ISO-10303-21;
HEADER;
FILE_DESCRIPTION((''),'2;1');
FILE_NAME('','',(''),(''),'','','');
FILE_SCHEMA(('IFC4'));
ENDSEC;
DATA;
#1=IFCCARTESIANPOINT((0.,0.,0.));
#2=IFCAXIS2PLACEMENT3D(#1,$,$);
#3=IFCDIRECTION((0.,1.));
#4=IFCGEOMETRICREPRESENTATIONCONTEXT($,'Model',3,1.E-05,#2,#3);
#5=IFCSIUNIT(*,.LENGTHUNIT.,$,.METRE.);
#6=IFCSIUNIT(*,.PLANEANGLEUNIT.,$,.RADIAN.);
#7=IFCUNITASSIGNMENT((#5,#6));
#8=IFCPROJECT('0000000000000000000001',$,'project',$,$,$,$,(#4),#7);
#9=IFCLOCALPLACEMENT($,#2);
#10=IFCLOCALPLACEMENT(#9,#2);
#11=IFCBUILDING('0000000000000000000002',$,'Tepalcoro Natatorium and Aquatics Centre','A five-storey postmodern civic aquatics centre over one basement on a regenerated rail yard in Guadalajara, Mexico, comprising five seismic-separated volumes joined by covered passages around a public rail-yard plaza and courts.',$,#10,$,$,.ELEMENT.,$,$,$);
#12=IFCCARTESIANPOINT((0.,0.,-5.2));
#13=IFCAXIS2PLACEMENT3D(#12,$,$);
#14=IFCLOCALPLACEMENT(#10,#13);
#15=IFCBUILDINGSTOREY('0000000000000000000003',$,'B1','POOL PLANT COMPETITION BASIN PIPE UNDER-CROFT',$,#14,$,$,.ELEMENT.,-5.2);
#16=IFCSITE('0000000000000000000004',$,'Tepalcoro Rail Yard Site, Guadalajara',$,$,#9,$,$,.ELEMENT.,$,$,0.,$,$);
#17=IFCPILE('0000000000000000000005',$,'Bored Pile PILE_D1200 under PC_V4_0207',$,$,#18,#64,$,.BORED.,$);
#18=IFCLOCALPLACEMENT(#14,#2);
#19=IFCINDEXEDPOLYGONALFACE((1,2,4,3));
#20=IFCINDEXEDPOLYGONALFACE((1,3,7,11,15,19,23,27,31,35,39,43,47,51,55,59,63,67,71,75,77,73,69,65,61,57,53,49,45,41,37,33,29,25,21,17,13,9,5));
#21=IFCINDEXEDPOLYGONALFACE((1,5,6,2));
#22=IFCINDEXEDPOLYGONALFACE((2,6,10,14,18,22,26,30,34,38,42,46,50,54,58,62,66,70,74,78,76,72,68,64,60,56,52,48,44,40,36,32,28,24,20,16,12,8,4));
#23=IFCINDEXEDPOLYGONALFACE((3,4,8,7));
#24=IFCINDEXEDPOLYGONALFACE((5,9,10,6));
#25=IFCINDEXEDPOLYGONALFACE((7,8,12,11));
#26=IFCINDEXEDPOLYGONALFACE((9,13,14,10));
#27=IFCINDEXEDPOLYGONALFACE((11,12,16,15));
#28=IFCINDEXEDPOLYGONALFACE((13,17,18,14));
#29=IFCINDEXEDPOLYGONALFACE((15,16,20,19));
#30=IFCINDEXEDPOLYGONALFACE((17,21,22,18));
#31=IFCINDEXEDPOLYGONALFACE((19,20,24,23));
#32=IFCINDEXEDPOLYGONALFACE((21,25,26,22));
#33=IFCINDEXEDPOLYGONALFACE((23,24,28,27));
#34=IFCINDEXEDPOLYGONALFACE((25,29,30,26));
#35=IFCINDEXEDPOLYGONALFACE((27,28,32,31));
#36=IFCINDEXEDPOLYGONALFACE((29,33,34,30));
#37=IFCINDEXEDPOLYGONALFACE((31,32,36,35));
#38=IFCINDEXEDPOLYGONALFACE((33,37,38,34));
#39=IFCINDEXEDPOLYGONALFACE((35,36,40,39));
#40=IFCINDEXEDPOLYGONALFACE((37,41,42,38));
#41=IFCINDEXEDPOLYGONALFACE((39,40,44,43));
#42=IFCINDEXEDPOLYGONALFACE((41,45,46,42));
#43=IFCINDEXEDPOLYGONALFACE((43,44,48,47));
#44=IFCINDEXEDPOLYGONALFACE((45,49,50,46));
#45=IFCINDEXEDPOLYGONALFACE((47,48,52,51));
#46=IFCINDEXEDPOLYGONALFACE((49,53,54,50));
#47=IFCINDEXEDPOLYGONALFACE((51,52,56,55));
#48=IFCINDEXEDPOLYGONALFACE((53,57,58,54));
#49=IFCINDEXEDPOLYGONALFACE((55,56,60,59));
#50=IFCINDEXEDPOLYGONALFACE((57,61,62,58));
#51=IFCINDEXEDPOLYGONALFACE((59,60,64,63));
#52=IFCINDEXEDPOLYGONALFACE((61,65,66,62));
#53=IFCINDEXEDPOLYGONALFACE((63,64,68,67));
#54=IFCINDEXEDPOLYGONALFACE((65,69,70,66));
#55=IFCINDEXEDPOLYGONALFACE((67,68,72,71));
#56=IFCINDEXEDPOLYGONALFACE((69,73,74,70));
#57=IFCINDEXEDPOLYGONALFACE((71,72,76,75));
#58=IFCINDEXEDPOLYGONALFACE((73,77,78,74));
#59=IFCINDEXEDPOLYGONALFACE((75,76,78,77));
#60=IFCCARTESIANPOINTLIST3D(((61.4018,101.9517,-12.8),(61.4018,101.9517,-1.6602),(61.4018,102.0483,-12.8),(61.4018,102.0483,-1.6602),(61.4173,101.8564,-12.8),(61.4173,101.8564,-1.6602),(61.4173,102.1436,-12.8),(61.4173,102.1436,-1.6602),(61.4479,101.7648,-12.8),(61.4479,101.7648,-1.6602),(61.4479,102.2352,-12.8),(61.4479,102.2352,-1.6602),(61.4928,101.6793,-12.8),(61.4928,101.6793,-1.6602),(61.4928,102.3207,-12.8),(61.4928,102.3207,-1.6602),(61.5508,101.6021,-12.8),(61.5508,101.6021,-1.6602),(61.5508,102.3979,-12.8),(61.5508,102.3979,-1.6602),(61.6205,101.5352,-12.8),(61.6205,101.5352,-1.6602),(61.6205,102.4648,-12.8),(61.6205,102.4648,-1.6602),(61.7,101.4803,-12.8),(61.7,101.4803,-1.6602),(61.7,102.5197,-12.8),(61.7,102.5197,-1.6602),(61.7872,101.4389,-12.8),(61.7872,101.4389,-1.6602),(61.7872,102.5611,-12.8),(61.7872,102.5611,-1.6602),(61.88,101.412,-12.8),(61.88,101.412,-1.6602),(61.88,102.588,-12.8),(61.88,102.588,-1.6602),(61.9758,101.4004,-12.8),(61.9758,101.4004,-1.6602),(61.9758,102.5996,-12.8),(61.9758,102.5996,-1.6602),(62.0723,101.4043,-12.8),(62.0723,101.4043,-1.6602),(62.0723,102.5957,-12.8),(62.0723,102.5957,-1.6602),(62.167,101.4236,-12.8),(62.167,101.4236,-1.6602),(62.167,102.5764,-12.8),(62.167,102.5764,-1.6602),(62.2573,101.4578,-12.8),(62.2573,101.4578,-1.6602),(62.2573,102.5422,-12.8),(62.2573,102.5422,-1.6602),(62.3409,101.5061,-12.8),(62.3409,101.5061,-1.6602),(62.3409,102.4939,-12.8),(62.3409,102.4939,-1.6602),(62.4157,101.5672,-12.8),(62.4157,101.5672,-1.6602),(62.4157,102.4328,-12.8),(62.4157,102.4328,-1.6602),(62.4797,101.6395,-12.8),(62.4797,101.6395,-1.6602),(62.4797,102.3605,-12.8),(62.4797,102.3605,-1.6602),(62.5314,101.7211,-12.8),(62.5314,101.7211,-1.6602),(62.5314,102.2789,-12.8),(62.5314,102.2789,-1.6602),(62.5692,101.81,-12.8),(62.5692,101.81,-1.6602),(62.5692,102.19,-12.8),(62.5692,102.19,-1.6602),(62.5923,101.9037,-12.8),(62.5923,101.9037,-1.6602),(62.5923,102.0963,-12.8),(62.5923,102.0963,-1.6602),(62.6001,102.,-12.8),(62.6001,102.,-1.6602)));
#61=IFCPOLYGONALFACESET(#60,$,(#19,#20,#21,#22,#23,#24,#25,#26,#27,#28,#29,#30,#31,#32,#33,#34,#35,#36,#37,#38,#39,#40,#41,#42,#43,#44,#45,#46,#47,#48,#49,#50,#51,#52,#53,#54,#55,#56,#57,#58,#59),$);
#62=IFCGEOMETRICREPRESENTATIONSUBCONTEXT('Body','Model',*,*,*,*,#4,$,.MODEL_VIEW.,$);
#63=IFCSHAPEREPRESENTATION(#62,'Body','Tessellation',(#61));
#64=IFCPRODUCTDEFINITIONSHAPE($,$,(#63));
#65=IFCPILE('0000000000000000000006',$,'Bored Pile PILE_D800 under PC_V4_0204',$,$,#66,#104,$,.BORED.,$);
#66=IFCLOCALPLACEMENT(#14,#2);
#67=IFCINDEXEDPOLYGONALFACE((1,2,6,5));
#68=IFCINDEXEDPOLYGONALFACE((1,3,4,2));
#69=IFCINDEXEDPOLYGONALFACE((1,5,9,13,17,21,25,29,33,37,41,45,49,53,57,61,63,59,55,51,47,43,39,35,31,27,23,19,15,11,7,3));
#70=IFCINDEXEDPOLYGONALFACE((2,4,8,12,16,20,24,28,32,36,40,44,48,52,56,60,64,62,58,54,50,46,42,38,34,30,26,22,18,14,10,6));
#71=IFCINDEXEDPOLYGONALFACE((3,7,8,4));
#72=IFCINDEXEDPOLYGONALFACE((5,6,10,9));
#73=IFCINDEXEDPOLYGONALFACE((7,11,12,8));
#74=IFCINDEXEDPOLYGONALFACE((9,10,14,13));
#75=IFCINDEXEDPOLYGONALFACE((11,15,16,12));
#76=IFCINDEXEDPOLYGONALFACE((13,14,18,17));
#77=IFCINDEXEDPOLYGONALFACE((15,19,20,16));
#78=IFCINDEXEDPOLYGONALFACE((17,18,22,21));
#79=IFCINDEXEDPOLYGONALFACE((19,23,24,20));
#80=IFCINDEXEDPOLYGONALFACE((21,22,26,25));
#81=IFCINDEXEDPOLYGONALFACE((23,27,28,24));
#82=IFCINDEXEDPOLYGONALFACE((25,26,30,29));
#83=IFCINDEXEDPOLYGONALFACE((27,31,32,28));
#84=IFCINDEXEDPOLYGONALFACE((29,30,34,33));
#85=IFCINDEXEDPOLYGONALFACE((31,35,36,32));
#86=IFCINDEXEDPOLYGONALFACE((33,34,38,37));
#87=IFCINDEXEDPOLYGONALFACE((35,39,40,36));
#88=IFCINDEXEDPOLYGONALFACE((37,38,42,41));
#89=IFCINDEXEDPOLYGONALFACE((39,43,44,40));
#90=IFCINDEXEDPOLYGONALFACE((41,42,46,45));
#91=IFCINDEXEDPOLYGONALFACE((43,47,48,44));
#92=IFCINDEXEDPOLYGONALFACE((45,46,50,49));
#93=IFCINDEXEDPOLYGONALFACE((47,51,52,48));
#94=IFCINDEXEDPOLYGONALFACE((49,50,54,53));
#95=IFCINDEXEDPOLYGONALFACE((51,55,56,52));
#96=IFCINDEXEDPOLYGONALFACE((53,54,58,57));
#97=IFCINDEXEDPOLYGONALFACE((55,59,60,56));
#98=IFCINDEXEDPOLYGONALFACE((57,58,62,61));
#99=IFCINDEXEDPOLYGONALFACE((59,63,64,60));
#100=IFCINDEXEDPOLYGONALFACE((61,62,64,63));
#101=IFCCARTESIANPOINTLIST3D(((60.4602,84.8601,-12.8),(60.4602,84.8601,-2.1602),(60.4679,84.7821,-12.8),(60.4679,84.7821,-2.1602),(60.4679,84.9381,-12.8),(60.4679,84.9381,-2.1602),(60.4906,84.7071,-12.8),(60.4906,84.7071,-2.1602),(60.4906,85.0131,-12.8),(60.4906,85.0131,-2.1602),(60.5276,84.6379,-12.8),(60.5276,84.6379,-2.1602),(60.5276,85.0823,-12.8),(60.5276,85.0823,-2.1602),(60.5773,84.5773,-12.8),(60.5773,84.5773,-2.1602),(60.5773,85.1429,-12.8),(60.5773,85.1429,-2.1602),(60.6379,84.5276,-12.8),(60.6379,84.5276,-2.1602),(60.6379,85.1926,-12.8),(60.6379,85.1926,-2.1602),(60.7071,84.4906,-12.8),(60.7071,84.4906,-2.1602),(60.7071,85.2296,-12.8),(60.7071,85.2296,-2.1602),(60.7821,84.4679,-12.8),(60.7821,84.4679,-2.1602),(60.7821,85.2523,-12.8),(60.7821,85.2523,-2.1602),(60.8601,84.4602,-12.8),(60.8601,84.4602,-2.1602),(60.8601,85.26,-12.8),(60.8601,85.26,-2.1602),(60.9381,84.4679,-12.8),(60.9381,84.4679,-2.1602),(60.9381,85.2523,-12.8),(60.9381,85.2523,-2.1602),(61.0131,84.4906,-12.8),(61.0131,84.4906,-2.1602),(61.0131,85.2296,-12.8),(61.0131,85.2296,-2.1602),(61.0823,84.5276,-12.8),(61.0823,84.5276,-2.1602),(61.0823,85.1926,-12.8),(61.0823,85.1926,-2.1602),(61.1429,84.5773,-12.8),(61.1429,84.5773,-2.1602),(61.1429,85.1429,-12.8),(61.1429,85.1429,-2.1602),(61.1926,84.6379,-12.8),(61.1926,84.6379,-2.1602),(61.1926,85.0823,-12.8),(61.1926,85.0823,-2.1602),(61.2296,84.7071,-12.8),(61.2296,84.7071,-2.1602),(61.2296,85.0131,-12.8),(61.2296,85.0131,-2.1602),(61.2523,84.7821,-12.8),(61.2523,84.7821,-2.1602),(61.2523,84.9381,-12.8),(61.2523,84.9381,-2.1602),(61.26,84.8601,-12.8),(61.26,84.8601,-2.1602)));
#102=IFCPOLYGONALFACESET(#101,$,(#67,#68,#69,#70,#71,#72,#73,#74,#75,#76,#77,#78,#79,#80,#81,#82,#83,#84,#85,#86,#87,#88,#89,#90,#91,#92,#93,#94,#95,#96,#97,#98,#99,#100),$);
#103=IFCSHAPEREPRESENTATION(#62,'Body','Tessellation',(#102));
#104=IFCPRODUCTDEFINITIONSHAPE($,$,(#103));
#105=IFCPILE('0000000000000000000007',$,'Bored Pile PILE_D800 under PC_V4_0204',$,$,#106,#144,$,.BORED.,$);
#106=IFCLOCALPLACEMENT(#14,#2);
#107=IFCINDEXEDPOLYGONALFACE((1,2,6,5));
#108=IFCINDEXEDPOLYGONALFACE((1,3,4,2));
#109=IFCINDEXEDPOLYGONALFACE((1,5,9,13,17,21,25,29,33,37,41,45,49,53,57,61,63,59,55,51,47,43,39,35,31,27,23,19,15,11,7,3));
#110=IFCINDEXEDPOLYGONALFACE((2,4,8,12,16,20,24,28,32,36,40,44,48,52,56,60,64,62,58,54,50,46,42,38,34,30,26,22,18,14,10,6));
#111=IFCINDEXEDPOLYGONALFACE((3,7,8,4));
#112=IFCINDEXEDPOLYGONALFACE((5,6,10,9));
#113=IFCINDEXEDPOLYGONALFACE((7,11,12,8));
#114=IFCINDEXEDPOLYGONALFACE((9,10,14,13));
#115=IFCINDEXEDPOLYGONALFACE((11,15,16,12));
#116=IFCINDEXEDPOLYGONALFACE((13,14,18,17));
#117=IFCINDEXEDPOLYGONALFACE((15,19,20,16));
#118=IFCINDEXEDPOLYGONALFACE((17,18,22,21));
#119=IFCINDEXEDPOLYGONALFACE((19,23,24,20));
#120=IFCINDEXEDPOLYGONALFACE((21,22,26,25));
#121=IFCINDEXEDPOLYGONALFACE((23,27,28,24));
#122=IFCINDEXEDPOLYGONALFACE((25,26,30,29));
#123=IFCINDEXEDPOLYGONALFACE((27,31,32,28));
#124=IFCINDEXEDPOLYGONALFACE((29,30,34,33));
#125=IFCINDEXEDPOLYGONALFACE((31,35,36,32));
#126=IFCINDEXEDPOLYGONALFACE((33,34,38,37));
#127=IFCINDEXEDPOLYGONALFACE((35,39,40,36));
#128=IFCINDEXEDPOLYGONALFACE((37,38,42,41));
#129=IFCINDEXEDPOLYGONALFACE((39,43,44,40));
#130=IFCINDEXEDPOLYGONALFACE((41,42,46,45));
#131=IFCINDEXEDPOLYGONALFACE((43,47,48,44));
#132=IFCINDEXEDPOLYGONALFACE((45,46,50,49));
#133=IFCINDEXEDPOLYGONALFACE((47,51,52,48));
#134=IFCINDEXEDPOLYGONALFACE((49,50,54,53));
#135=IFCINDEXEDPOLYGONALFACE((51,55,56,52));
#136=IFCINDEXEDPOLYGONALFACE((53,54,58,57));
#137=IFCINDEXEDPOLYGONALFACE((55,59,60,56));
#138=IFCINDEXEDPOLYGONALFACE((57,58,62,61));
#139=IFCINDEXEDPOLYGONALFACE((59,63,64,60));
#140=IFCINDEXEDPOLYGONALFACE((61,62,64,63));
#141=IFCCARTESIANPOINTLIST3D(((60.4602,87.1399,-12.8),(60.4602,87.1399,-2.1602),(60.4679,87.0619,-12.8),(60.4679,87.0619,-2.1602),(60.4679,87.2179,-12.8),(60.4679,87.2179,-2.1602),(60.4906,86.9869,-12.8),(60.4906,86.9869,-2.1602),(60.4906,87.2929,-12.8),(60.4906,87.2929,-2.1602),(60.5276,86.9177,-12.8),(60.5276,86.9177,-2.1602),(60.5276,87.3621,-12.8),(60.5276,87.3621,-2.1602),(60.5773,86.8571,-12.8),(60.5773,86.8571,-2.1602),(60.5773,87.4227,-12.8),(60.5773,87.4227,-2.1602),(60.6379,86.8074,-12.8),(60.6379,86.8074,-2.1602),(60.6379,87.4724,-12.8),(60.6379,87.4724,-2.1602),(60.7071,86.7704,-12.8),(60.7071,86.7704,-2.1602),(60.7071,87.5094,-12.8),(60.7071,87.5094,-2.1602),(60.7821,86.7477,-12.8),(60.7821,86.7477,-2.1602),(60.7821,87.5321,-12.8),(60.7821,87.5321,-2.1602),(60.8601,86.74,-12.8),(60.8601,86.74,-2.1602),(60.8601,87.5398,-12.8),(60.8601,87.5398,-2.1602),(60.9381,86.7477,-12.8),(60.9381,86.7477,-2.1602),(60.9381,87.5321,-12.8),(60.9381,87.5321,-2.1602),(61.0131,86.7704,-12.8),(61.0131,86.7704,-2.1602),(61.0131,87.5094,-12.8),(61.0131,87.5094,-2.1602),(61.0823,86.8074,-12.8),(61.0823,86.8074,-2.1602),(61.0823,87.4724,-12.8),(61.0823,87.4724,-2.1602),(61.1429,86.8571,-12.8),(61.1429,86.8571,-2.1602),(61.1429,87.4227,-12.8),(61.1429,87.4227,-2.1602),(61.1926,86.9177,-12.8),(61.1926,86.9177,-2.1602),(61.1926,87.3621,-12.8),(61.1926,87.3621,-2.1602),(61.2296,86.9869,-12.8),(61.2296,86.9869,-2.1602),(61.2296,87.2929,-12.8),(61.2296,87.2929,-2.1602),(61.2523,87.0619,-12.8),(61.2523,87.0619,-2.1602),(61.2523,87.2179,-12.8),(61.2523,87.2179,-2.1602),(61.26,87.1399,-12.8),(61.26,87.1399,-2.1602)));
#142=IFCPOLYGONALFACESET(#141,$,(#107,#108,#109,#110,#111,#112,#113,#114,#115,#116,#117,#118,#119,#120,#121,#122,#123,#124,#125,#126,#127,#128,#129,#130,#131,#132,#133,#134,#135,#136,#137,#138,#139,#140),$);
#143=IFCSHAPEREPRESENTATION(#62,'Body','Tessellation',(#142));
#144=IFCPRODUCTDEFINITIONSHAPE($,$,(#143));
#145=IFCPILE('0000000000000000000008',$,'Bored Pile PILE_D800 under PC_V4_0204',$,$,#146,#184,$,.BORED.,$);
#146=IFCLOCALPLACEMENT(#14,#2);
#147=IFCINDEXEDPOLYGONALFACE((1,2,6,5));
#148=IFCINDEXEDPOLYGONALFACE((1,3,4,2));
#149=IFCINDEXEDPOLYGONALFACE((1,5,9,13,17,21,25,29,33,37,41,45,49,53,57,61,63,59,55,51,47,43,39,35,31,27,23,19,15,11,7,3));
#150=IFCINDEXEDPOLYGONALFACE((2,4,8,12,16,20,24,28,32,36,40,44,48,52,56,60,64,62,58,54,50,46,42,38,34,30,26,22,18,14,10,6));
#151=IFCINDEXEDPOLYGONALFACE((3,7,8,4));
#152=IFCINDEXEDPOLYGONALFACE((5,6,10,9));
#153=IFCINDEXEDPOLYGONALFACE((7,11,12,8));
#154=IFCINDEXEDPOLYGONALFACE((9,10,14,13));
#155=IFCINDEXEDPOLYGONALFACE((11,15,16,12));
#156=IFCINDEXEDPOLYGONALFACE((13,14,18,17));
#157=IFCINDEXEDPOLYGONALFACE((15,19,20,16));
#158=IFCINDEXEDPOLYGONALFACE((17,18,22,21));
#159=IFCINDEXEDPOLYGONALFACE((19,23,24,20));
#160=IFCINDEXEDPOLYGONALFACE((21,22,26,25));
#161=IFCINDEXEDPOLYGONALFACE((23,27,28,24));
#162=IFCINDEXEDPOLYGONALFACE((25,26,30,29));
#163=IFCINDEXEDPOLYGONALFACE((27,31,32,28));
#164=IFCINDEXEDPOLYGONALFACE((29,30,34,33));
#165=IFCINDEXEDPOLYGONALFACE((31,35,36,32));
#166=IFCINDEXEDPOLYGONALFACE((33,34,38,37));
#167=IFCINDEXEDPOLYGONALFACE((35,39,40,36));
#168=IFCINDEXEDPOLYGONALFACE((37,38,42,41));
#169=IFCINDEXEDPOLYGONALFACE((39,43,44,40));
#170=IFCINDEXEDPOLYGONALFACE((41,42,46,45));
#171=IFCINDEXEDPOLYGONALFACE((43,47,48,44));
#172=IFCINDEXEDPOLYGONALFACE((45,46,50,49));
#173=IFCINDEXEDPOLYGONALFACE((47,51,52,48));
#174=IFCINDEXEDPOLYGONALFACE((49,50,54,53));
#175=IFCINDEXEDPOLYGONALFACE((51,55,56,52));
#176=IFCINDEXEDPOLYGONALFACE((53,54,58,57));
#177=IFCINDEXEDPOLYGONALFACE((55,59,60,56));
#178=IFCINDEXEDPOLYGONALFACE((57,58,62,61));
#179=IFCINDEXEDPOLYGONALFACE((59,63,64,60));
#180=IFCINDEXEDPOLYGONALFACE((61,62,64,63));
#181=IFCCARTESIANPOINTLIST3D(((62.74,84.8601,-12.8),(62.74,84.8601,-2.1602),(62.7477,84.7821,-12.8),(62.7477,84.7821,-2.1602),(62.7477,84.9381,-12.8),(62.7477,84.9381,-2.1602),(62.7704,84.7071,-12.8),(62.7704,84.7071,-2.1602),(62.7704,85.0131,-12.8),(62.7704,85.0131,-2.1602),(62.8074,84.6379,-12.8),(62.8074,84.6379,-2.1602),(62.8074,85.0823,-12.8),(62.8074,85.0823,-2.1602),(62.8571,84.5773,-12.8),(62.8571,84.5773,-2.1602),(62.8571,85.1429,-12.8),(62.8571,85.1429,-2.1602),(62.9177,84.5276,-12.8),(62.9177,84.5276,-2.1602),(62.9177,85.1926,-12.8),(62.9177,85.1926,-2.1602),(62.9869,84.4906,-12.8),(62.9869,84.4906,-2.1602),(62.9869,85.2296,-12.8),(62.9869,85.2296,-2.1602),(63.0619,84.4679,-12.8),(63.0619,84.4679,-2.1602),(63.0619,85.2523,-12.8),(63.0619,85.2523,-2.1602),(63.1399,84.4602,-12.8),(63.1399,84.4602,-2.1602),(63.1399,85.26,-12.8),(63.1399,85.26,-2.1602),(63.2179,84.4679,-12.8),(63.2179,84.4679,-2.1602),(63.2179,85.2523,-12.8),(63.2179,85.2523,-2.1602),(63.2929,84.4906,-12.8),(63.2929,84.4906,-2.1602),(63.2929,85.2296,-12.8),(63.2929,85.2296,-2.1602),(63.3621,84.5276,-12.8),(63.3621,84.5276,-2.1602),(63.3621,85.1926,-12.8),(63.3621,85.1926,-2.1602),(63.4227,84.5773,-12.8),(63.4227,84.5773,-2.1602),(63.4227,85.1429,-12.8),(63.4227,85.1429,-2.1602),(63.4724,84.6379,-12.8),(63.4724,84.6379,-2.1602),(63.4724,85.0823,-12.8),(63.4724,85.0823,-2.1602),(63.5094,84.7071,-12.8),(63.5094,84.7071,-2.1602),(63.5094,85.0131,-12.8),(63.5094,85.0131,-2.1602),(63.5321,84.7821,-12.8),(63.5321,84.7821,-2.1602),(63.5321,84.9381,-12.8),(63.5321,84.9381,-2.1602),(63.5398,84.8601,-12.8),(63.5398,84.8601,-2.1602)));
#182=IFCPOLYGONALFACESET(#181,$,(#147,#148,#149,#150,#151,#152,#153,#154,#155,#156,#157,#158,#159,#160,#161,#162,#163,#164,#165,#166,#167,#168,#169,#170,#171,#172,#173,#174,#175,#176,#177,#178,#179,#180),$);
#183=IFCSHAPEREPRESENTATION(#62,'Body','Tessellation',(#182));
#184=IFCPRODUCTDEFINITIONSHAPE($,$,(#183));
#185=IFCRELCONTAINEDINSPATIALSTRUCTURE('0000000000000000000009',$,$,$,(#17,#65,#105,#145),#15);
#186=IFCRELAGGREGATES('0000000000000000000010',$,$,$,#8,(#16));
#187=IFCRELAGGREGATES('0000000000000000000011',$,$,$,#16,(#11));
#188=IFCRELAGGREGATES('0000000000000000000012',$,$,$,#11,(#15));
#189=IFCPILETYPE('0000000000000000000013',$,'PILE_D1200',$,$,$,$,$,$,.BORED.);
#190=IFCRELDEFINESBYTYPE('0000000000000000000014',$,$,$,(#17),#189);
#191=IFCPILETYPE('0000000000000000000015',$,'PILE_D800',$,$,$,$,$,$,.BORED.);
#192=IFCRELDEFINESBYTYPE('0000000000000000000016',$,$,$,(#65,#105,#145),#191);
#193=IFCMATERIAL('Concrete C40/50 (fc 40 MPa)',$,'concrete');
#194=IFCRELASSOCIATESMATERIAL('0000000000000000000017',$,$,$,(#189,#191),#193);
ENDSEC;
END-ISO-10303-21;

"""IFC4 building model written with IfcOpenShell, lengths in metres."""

from ifc_helpers import new_model, si_unit, direction, frame, origin, origin_2d, place, context, subcontext, project, spatial, circle, extrude, material, material_profile, profile_set, type_object, element, save


model = new_model("IFC4")

# Units and contexts
model_context = context("Model", 3, precision=1e-05, world=origin(), true_north=direction((0.0, 1.0)))
body_context = subcontext(model_context, "Body", "Model", "MODEL_VIEW")
ifc_project = project(units=[si_unit("LENGTHUNIT", "METRE"), si_unit("PLANEANGLEUNIT", "RADIAN")], contexts=[model_context])

# Site, building, storey
site_placement = place(None, origin())
site = spatial("IfcSite", under=ifc_project, at=site_placement, Name="Tepalcoro Rail Yard Site, Guadalajara", CompositionType="ELEMENT", RefElevation=0.0)
building_placement = place(site_placement, origin())
building = spatial("IfcBuilding", under=site, at=building_placement, Name="Tepalcoro Natatorium and Aquatics Centre", Description="A five-storey postmodern civic aquatics centre over one basement on a regenerated rail yard in Guadalajara, Mexico, comprising five seismic-separated volumes joined by covered passages around a public rail-yard plaza and courts.", CompositionType="ELEMENT")
storey_placement = place(building_placement, frame((0.0, 0.0, -5.2)))
storey = spatial("IfcBuildingStorey", under=building, at=storey_placement, Name="B1", Description="POOL PLANT COMPETITION BASIN PIPE UNDER-CROFT", CompositionType="ELEMENT", Elevation=-5.2)

# Piles
ifc_material_1 = material(Name="Concrete C40/50 (fc 40 MPa)", Category="concrete")
ifc_material_profile_1 = material_profile(ifc_material_1, circle(Radius=0.6001, at=origin_2d()), Name="PILE_D1200")
ifc_profile_set_1 = profile_set([ifc_material_profile_1], Name="Concrete C40/50 (fc 40 MPa)")
pile_type_1 = type_object("IfcPileType", Name="PILE_D1200", PredefinedType="BORED", material=ifc_profile_set_1)
pile_1_placement = place(storey_placement, frame((62.0, 102.0, -1.6602), z_axis=(0.0, 0.0, -1.0), x_axis=(1.0, 0.0, 0.0)))
element("IfcPile", 1, at=pile_1_placement, inside=storey, type_object=pile_type_1, Name="Bored Pile PILE_D1200 under PC_V4_0207", PredefinedType="BORED", context=body_context, shape_type="SweptSolid", body=[
    extrude(circle(Radius=0.6001, at=origin_2d()), origin(), (0.0, 0.0, 1.0), 11.1399),
])
ifc_material_profile_2 = material_profile(ifc_material_1, circle(Radius=0.3999, at=origin_2d()), Name="PILE_D800")
ifc_profile_set_2 = profile_set([ifc_material_profile_2], Name="Concrete C40/50 (fc 40 MPa)")
pile_type_2 = type_object("IfcPileType", Name="PILE_D800", PredefinedType="BORED", material=ifc_profile_set_2)
for number, where, z_axis, x_axis, name in (
    (2, (60.8601, 84.8601, -2.1602), (0.0, 0.0, -1.0), (1.0, 0.0, 0.0), "Bored Pile PILE_D800 under PC_V4_0204"),
    (3, (60.8601, 87.1399, -2.1602), (0.0, 0.0, -1.0), (1.0, 0.0, 0.0), "Bored Pile PILE_D800 under PC_V4_0204"),
    (4, (63.1399, 84.8601, -2.1602), (0.0, 0.0, -1.0), (1.0, 0.0, 0.0), "Bored Pile PILE_D800 under PC_V4_0204"),
):
    element("IfcPile", number, at=place(storey_placement, frame(where, z_axis=z_axis, x_axis=x_axis)), inside=storey, type_object=pile_type_2, Name=name, PredefinedType="BORED", context=body_context, shape_type="SweptSolid", body=[
        extrude(circle(Radius=0.3999, at=origin_2d()), origin(), (0.0, 0.0, 1.0), 10.6399),
    ])

save(model, "model.ifc")
